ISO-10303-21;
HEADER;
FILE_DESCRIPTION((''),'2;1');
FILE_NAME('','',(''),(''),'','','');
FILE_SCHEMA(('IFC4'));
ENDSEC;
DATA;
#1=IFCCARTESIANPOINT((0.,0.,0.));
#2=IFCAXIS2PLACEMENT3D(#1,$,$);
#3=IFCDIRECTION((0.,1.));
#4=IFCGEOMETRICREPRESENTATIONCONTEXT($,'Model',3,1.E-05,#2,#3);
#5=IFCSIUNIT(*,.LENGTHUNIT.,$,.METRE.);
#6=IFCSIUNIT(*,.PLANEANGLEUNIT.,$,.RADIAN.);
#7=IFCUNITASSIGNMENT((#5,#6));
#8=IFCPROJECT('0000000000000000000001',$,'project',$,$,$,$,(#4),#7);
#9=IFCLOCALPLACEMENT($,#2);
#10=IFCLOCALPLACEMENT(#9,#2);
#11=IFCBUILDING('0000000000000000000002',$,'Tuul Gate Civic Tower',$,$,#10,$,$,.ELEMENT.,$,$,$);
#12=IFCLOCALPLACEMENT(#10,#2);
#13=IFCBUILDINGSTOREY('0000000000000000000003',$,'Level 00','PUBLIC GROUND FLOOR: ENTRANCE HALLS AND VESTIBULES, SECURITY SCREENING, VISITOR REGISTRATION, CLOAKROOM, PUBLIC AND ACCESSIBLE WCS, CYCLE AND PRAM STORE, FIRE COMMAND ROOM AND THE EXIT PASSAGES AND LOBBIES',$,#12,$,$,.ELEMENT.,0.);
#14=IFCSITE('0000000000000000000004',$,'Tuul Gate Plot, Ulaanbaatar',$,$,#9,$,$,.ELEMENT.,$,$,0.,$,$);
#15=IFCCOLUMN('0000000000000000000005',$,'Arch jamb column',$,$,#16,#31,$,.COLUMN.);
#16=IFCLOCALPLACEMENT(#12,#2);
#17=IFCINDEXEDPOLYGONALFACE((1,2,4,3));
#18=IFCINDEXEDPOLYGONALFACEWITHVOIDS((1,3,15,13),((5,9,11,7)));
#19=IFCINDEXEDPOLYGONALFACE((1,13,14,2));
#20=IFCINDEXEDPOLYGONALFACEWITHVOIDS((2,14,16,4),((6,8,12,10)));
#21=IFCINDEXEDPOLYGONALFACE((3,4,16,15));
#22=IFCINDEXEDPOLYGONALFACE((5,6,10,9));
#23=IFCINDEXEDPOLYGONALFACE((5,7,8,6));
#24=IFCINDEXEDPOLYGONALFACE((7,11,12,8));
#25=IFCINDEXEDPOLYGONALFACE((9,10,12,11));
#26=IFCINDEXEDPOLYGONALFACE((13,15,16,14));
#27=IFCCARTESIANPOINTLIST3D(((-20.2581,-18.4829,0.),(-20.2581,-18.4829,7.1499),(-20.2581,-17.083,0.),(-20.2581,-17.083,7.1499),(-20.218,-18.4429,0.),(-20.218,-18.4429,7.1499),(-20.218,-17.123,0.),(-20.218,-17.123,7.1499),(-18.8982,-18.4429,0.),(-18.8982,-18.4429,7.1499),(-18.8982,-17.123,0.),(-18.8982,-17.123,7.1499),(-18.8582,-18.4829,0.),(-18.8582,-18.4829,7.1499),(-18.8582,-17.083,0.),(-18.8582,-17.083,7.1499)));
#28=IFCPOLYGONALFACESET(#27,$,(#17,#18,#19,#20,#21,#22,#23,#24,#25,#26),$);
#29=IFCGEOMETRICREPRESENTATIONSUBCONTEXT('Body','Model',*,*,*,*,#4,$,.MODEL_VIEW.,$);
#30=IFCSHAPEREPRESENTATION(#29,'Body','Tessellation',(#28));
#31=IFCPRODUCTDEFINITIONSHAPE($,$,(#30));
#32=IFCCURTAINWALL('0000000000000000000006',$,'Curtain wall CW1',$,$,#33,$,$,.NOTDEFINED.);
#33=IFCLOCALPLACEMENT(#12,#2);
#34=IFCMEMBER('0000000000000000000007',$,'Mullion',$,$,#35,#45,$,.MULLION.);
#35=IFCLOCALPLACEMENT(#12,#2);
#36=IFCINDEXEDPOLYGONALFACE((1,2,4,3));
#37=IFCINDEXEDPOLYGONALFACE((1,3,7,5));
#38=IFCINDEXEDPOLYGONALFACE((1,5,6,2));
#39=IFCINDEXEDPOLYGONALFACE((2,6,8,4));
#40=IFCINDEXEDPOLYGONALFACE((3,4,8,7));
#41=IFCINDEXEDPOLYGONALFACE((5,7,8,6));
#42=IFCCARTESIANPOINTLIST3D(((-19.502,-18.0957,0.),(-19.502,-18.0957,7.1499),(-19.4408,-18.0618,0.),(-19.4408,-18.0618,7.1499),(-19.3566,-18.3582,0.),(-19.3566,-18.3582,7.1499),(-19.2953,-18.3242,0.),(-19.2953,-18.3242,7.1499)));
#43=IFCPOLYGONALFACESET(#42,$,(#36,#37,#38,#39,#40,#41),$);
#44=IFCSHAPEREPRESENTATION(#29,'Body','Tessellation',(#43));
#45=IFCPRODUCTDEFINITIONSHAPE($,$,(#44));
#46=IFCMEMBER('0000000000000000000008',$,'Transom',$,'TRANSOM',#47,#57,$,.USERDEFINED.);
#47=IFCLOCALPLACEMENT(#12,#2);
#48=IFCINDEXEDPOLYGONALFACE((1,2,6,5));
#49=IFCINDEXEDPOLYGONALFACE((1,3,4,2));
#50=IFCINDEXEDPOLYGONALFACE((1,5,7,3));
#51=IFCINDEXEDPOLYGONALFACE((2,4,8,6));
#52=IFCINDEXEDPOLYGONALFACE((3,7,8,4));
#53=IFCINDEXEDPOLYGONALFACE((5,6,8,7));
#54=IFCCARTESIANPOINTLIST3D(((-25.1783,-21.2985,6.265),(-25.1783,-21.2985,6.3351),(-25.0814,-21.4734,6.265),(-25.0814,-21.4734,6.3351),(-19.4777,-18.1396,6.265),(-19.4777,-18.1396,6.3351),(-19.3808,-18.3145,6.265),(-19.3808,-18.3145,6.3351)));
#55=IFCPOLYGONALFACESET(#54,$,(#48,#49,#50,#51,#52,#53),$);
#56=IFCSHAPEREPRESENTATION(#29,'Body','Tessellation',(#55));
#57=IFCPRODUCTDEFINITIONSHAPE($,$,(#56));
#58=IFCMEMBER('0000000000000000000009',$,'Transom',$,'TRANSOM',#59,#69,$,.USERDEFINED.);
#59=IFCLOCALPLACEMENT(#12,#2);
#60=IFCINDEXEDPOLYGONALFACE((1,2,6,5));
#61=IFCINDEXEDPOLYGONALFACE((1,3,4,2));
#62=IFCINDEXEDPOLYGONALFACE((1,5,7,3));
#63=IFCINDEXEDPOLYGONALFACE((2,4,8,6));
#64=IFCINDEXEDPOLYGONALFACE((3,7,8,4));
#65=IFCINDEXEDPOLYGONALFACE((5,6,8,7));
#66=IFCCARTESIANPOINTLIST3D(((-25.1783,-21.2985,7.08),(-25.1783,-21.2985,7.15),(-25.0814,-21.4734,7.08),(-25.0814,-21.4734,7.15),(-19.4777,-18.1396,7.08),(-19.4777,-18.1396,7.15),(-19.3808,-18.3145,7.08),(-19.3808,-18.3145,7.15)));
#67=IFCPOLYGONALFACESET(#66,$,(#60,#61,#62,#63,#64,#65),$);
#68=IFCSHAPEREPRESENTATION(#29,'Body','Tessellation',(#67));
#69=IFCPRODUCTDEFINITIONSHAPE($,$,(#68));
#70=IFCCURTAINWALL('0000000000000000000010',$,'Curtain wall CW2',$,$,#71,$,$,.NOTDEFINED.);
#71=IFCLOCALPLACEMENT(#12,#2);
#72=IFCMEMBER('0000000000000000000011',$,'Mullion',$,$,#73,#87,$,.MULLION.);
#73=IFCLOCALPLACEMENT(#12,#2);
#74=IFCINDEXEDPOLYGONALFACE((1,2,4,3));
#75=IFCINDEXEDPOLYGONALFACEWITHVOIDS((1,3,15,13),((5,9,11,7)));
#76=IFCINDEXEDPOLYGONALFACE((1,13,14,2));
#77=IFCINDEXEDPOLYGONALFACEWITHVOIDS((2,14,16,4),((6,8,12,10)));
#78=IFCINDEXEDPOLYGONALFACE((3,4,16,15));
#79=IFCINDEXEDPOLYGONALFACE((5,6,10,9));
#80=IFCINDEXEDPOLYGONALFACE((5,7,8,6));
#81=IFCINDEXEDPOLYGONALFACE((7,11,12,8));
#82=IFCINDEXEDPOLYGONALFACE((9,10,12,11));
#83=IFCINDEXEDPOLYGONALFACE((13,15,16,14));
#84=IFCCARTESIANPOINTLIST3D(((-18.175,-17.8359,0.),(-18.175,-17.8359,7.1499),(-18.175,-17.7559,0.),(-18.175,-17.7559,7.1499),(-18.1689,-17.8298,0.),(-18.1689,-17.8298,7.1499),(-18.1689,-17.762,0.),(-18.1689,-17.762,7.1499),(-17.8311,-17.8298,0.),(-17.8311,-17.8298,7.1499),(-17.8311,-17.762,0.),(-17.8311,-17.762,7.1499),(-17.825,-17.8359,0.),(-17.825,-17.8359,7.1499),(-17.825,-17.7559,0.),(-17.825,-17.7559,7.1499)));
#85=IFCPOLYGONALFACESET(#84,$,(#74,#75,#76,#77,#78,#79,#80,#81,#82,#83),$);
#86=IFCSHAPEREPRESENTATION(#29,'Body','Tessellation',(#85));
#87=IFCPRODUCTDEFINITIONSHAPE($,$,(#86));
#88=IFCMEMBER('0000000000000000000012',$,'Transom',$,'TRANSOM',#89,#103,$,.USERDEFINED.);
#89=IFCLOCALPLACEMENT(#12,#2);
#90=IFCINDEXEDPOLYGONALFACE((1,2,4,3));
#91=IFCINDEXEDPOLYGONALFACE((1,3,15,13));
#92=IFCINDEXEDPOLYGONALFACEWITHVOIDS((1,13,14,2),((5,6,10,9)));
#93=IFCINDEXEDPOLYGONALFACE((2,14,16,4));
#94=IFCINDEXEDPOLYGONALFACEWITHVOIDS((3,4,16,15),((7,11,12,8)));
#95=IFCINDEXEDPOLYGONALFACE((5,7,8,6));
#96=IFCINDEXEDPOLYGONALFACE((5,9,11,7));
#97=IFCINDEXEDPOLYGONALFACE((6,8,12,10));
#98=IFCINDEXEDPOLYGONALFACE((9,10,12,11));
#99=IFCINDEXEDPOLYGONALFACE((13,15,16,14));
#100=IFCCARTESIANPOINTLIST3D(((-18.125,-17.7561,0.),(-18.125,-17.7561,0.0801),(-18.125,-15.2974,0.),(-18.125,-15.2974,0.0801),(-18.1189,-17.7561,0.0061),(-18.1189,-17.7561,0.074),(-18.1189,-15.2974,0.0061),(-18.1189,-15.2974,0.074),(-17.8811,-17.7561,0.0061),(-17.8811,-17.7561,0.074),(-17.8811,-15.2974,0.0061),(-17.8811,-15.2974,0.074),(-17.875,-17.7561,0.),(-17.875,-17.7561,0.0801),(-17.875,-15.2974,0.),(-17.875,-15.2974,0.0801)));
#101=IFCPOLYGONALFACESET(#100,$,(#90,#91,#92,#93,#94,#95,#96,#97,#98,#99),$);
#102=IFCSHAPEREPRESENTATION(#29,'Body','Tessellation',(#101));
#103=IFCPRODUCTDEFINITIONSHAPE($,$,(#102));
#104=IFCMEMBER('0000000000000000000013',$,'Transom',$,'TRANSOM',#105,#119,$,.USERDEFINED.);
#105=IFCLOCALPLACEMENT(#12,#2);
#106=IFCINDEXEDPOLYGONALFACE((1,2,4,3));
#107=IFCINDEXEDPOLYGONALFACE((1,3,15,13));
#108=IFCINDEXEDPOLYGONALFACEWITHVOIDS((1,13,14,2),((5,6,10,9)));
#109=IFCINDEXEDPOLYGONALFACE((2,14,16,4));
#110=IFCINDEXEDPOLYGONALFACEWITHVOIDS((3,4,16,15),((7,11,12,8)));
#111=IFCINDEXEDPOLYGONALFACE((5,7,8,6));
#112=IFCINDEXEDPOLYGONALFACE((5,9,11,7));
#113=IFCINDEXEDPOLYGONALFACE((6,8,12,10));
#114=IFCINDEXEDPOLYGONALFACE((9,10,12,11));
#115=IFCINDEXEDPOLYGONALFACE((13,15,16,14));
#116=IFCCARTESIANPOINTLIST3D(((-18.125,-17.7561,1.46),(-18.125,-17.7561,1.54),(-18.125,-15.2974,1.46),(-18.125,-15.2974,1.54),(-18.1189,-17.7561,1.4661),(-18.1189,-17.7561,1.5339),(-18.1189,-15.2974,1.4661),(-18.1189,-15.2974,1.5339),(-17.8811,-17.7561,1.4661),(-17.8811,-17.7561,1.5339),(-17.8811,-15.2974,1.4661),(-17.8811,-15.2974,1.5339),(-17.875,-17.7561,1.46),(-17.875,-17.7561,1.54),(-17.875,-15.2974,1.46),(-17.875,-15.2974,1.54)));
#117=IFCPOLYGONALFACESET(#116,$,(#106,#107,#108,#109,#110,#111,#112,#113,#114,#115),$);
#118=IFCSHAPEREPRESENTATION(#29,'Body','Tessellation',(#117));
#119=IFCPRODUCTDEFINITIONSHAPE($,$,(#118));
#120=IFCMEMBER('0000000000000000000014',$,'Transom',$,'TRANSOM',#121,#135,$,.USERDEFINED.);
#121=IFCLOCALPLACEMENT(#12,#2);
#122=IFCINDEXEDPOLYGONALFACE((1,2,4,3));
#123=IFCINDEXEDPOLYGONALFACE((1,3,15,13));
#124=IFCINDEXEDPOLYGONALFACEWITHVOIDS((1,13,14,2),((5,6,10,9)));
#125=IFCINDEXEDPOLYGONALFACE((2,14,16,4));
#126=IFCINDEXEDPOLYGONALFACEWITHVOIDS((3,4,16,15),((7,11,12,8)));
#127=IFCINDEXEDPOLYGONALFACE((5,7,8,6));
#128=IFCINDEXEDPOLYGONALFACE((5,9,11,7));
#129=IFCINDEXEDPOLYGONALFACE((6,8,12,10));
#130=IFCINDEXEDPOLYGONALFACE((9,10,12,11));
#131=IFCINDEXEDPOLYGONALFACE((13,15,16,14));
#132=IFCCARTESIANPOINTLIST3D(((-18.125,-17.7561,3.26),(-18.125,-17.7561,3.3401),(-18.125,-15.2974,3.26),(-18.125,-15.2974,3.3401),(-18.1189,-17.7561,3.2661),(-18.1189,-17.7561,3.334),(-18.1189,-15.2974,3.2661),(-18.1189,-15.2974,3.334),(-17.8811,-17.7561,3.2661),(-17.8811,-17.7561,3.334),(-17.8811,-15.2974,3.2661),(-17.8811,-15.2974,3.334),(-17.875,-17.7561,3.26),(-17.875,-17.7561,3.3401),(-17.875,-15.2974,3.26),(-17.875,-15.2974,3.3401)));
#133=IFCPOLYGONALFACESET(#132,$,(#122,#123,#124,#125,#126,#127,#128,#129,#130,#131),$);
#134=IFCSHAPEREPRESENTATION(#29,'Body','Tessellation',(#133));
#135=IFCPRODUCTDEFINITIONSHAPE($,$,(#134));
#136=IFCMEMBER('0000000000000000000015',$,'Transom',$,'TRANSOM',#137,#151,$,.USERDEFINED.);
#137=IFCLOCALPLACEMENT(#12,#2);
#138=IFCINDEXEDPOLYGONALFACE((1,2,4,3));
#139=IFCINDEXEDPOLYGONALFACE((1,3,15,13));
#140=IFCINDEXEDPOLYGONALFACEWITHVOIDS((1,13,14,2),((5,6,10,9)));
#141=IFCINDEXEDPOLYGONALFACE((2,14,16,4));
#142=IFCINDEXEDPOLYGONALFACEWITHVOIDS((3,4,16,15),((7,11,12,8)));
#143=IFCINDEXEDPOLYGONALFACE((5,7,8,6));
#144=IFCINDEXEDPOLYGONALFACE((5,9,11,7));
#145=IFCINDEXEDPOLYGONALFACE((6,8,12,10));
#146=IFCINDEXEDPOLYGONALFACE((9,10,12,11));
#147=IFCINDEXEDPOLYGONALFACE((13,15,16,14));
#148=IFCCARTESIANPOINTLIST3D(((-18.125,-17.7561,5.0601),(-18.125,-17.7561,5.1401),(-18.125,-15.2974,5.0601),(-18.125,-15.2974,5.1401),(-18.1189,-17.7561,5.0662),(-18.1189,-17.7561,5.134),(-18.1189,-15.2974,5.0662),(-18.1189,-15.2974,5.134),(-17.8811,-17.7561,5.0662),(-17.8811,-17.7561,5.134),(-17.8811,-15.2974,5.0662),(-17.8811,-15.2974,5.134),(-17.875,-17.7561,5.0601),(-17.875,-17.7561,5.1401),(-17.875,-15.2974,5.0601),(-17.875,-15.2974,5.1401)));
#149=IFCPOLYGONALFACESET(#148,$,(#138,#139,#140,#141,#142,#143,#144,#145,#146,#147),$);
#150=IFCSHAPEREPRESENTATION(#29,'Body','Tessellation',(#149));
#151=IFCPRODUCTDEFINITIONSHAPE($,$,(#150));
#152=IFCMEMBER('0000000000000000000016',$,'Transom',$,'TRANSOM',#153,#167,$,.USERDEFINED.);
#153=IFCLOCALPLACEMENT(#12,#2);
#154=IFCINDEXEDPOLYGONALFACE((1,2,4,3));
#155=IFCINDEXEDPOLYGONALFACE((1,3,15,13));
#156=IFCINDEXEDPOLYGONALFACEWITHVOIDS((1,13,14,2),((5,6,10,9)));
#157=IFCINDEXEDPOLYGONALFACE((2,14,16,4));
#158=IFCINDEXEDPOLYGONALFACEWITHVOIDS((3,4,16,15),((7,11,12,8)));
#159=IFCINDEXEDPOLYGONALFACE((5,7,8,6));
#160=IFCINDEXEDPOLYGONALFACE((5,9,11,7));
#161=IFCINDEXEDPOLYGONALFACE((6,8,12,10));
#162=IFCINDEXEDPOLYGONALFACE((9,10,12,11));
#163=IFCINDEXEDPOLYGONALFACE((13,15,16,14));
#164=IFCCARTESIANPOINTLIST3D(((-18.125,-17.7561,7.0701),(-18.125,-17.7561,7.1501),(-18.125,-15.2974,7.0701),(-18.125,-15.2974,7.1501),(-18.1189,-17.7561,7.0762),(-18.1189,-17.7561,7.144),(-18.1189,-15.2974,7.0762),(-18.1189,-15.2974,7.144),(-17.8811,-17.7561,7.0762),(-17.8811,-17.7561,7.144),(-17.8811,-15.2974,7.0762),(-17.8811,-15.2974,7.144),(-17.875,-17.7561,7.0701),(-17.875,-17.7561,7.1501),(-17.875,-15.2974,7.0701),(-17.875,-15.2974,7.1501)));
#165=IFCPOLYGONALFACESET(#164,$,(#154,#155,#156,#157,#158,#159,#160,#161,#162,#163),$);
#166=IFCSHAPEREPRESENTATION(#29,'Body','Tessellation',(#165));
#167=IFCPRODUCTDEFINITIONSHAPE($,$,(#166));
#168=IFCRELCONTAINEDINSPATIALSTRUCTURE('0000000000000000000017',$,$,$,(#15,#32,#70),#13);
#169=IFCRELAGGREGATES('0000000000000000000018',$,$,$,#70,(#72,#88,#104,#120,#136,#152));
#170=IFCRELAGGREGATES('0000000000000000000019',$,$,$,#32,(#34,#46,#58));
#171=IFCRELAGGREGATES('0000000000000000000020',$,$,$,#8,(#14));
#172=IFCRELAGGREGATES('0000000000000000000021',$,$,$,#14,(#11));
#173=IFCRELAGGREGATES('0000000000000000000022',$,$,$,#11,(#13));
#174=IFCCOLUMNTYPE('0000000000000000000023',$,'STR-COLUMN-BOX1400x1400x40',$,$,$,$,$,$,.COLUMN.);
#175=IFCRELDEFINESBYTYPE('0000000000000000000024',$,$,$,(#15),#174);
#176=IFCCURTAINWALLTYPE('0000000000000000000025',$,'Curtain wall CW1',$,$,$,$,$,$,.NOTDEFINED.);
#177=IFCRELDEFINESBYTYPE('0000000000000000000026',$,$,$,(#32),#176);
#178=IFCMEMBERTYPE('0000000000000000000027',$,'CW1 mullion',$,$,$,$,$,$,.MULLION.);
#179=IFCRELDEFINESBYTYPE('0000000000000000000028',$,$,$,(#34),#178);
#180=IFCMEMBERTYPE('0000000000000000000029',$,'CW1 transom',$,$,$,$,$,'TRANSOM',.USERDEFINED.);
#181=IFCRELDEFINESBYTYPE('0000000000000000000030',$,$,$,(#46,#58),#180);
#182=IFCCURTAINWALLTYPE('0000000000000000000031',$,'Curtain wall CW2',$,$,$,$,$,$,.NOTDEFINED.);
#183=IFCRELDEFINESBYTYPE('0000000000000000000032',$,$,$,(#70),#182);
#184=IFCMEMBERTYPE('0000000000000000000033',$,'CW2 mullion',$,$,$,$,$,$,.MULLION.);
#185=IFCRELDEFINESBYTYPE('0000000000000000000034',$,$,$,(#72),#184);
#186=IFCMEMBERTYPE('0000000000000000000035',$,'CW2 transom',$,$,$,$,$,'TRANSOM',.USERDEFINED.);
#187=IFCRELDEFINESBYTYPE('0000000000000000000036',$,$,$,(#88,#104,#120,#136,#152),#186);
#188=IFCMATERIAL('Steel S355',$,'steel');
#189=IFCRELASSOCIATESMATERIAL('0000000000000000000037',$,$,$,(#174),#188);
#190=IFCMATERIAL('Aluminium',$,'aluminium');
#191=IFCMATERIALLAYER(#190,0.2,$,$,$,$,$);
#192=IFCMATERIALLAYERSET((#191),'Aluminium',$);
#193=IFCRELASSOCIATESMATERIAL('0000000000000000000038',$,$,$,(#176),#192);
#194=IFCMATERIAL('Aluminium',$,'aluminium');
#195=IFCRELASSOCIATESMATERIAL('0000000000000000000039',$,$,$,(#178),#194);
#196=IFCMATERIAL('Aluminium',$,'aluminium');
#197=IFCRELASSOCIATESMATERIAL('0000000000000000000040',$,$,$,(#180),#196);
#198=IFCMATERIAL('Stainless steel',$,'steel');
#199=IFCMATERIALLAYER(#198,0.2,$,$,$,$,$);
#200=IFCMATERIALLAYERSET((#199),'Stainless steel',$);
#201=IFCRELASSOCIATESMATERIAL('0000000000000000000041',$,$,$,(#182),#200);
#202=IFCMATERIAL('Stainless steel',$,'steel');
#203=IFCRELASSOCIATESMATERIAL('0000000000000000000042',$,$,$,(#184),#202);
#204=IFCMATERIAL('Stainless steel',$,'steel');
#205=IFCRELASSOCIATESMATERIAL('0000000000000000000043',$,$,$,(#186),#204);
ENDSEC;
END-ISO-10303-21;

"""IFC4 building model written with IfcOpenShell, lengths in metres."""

from ifc_helpers import new_model, si_unit, direction, frame, origin, origin_2d, place, context, subcontext, project, spatial, rectangle, hollow_rectangle, extrude, material, layer, layer_set, material_profile, profile_set, type_object, element, aggregate, save


model = new_model("IFC4")

# Units and contexts
model_context = context("Model", 3, precision=1e-05, world=origin(), true_north=direction((0.0, 1.0)))
body_context = subcontext(model_context, "Body", "Model", "MODEL_VIEW")
ifc_project = project(units=[si_unit("LENGTHUNIT", "METRE"), si_unit("PLANEANGLEUNIT", "RADIAN")], contexts=[model_context])

# Site, building, storey
site_placement = place(None, origin())
site = spatial("IfcSite", under=ifc_project, at=site_placement, Name="Tuul Gate Plot, Ulaanbaatar", CompositionType="ELEMENT", RefElevation=0.0)
building_placement = place(site_placement, origin())
building = spatial("IfcBuilding", under=site, at=building_placement, Name="Tuul Gate Civic Tower", CompositionType="ELEMENT")
storey_placement = place(building_placement, origin())
storey = spatial("IfcBuildingStorey", under=building, at=storey_placement, Name="Level 00", Description="PUBLIC GROUND FLOOR: ENTRANCE HALLS AND VESTIBULES, SECURITY SCREENING, VISITOR REGISTRATION, CLOAKROOM, PUBLIC AND ACCESSIBLE WCS, CYCLE AND PRAM STORE, FIRE COMMAND ROOM AND THE EXIT PASSAGES AND LOBBIES", CompositionType="ELEMENT", Elevation=0.0)

# Column
ifc_material_1 = material(Name="Steel S355", Category="steel")
ifc_material_profile_1 = material_profile(ifc_material_1, hollow_rectangle(XDim=1.3999, YDim=1.3999, WallThickness=0.04, at=origin_2d()), Name="BOX1400x1400x40")
ifc_profile_set_1 = profile_set([ifc_material_profile_1], Name="Steel S355")
column_type = type_object("IfcColumnType", Name="STR-COLUMN-BOX1400x1400x40", PredefinedType="COLUMN", material=ifc_profile_set_1)
column_placement = place(storey_placement, frame((-19.5581, -17.783, 0.0), z_axis=(0.0, 0.0, 1.0), x_axis=(1.0, 0.0, 0.0)))
element("IfcColumn", 1, at=column_placement, inside=storey, type_object=column_type, Name="Arch jamb column", PredefinedType="COLUMN", context=body_context, shape_type="SweptSolid", body=[
    extrude(hollow_rectangle(XDim=1.3999, YDim=1.3999, WallThickness=0.04, at=origin_2d()), origin(), (0.0, 0.0, 1.0), 7.1499),
])

# Curtain walls, members
ifc_material_2 = material(Name="Aluminium", Category="aluminium")
ifc_layer_1 = layer(ifc_material_2, 0.2)
ifc_layer_set_1 = layer_set([ifc_layer_1], Name="Aluminium")
curtain_wall_type_1 = type_object("IfcCurtainWallType", Name="Curtain wall CW1", PredefinedType="NOTDEFINED", material=ifc_layer_set_1)
curtain_wall_1_placement = place(storey_placement, origin())
curtain_wall_1 = element("IfcCurtainWall", 2, at=curtain_wall_1_placement, inside=storey, type_object=curtain_wall_type_1, Name="Curtain wall CW1", PredefinedType="NOTDEFINED")
ifc_material_3 = material(Name="Aluminium", Category="aluminium")
ifc_material_profile_2 = material_profile(ifc_material_3, rectangle(XDim=0.3, YDim=0.0701, at=origin_2d()), Name="CW1 mullion")
ifc_profile_set_2 = profile_set([ifc_material_profile_2], Name="Aluminium")
member_type_1 = type_object("IfcMemberType", Name="CW1 mullion", PredefinedType="MULLION", material=ifc_profile_set_2)
member_1_placement = place(storey_placement, frame((-19.3987, -18.21, 0.0), z_axis=(0.0, 0.0, 1.0), x_axis=(-0.484724, 0.874667, 0.0)))
member_1 = element("IfcMember", 3, at=member_1_placement, type_object=member_type_1, Name="Mullion", PredefinedType="MULLION", context=body_context, shape_type="SweptSolid", body=[
    extrude(rectangle(XDim=0.3, YDim=0.0701, at=origin_2d()), origin(), (0.0, 0.0, 1.0), 7.1499),
])
ifc_material_4 = material(Name="Aluminium", Category="aluminium")
ifc_material_profile_3 = material_profile(ifc_material_4, rectangle(XDim=0.2, YDim=0.0701, at=origin_2d()), Name="CW1 transom")
ifc_profile_set_3 = profile_set([ifc_material_profile_3], Name="Aluminium")
member_type_2 = type_object("IfcMemberType", Name="CW1 transom", ElementType="TRANSOM", PredefinedType="USERDEFINED", material=ifc_profile_set_3)
member_2_placement = place(storey_placement, frame((-25.1299, -21.386, 6.3), z_axis=(0.874685, 0.484692, 0.0), x_axis=(-0.484692, 0.874685, 0.0)))
member_2 = element("IfcMember", 4, at=member_2_placement, type_object=member_type_2, Name="Transom", ObjectType="TRANSOM", PredefinedType="USERDEFINED", context=body_context, shape_type="SweptSolid", body=[
    extrude(rectangle(XDim=0.2, YDim=0.0701, at=origin_2d()), origin(), (0.0, 0.0, 1.0), 6.5173),
])
member_3_placement = place(storey_placement, frame((-25.1299, -21.386, 7.115), z_axis=(0.874685, 0.484692, 0.0), x_axis=(-0.484692, 0.874685, 0.0)))
member_3 = element("IfcMember", 5, at=member_3_placement, type_object=member_type_2, Name="Transom", ObjectType="TRANSOM", PredefinedType="USERDEFINED", context=body_context, shape_type="SweptSolid", body=[
    extrude(rectangle(XDim=0.2, YDim=0.0701, at=origin_2d()), origin(), (0.0, 0.0, 1.0), 6.5173),
])
ifc_material_5 = material(Name="Stainless steel", Category="steel")
ifc_layer_2 = layer(ifc_material_5, 0.2)
ifc_layer_set_2 = layer_set([ifc_layer_2], Name="Stainless steel")
curtain_wall_type_2 = type_object("IfcCurtainWallType", Name="Curtain wall CW2", PredefinedType="NOTDEFINED", material=ifc_layer_set_2)
curtain_wall_2_placement = place(storey_placement, origin())
curtain_wall_2 = element("IfcCurtainWall", 6, at=curtain_wall_2_placement, inside=storey, type_object=curtain_wall_type_2, Name="Curtain wall CW2", PredefinedType="NOTDEFINED")
ifc_material_6 = material(Name="Stainless steel", Category="steel")
ifc_material_profile_4 = material_profile(ifc_material_6, hollow_rectangle(XDim=0.3501, YDim=0.0801, WallThickness=0.0061, at=origin_2d()), Name="CW2 mullion")
ifc_profile_set_4 = profile_set([ifc_material_profile_4], Name="Stainless steel")
member_type_3 = type_object("IfcMemberType", Name="CW2 mullion", PredefinedType="MULLION", material=ifc_profile_set_4)
member_4_placement = place(storey_placement, frame((-18.0, -17.7959, 0.0), z_axis=(0.0, 0.0, 1.0), x_axis=(-1.0, 0.0, 0.0)))
member_4 = element("IfcMember", 7, at=member_4_placement, type_object=member_type_3, Name="Mullion", PredefinedType="MULLION", context=body_context, shape_type="SweptSolid", body=[
    extrude(hollow_rectangle(XDim=0.3501, YDim=0.0801, WallThickness=0.0061, at=origin_2d()), origin(), (0.0, 0.0, 1.0), 7.1499),
])
ifc_material_7 = material(Name="Stainless steel", Category="steel")
ifc_material_profile_5 = material_profile(ifc_material_7, hollow_rectangle(XDim=0.25, YDim=0.0801, WallThickness=0.0061, at=origin_2d()), Name="CW2 transom")
ifc_profile_set_5 = profile_set([ifc_material_profile_5], Name="Stainless steel")
member_type_4 = type_object("IfcMemberType", Name="CW2 transom", ElementType="TRANSOM", PredefinedType="USERDEFINED", material=ifc_profile_set_5)
member_5_placement = place(storey_placement, frame((-18.0, -17.7561, 0.04), z_axis=(0.0, 1.0, 0.0), x_axis=(-1.0, 0.0, 0.0)))
member_5 = element("IfcMember", 8, at=member_5_placement, type_object=member_type_4, Name="Transom", ObjectType="TRANSOM", PredefinedType="USERDEFINED", context=body_context, shape_type="SweptSolid", body=[
    extrude(hollow_rectangle(XDim=0.25, YDim=0.0801, WallThickness=0.0061, at=origin_2d()), origin(), (0.0, 0.0, 1.0), 2.4587),
])
member_6_placement = place(storey_placement, frame((-18.0, -17.7561, 1.5), z_axis=(0.0, 1.0, 0.0), x_axis=(-1.0, 0.0, 0.0)))
member_6 = element("IfcMember", 9, at=member_6_placement, type_object=member_type_4, Name="Transom", ObjectType="TRANSOM", PredefinedType="USERDEFINED", context=body_context, shape_type="SweptSolid", body=[
    extrude(hollow_rectangle(XDim=0.25, YDim=0.0801, WallThickness=0.0061, at=origin_2d()), origin(), (0.0, 0.0, 1.0), 2.4587),
])
member_7_placement = place(storey_placement, frame((-18.0, -17.7561, 3.3), z_axis=(0.0, 1.0, 0.0), x_axis=(-1.0, 0.0, 0.0)))
member_7 = element("IfcMember", 10, at=member_7_placement, type_object=member_type_4, Name="Transom", ObjectType="TRANSOM", PredefinedType="USERDEFINED", context=body_context, shape_type="SweptSolid", body=[
    extrude(hollow_rectangle(XDim=0.25, YDim=0.0801, WallThickness=0.0061, at=origin_2d()), origin(), (0.0, 0.0, 1.0), 2.4587),
])
member_8_placement = place(storey_placement, frame((-18.0, -17.7561, 5.1001), z_axis=(0.0, 1.0, 0.0), x_axis=(-1.0, 0.0, 0.0)))
member_8 = element("IfcMember", 11, at=member_8_placement, type_object=member_type_4, Name="Transom", ObjectType="TRANSOM", PredefinedType="USERDEFINED", context=body_context, shape_type="SweptSolid", body=[
    extrude(hollow_rectangle(XDim=0.25, YDim=0.0801, WallThickness=0.0061, at=origin_2d()), origin(), (0.0, 0.0, 1.0), 2.4587),
])
member_9_placement = place(storey_placement, frame((-18.0, -17.7561, 7.1101), z_axis=(0.0, 1.0, 0.0), x_axis=(-1.0, 0.0, 0.0)))
member_9 = element("IfcMember", 12, at=member_9_placement, type_object=member_type_4, Name="Transom", ObjectType="TRANSOM", PredefinedType="USERDEFINED", context=body_context, shape_type="SweptSolid", body=[
    extrude(hollow_rectangle(XDim=0.25, YDim=0.0801, WallThickness=0.0061, at=origin_2d()), origin(), (0.0, 0.0, 1.0), 2.4587),
])
aggregate(curtain_wall_2, [member_4, member_5, member_6, member_7, member_8, member_9])

aggregate(curtain_wall_1, [member_1, member_2, member_3])

save(model, "model.ifc")
